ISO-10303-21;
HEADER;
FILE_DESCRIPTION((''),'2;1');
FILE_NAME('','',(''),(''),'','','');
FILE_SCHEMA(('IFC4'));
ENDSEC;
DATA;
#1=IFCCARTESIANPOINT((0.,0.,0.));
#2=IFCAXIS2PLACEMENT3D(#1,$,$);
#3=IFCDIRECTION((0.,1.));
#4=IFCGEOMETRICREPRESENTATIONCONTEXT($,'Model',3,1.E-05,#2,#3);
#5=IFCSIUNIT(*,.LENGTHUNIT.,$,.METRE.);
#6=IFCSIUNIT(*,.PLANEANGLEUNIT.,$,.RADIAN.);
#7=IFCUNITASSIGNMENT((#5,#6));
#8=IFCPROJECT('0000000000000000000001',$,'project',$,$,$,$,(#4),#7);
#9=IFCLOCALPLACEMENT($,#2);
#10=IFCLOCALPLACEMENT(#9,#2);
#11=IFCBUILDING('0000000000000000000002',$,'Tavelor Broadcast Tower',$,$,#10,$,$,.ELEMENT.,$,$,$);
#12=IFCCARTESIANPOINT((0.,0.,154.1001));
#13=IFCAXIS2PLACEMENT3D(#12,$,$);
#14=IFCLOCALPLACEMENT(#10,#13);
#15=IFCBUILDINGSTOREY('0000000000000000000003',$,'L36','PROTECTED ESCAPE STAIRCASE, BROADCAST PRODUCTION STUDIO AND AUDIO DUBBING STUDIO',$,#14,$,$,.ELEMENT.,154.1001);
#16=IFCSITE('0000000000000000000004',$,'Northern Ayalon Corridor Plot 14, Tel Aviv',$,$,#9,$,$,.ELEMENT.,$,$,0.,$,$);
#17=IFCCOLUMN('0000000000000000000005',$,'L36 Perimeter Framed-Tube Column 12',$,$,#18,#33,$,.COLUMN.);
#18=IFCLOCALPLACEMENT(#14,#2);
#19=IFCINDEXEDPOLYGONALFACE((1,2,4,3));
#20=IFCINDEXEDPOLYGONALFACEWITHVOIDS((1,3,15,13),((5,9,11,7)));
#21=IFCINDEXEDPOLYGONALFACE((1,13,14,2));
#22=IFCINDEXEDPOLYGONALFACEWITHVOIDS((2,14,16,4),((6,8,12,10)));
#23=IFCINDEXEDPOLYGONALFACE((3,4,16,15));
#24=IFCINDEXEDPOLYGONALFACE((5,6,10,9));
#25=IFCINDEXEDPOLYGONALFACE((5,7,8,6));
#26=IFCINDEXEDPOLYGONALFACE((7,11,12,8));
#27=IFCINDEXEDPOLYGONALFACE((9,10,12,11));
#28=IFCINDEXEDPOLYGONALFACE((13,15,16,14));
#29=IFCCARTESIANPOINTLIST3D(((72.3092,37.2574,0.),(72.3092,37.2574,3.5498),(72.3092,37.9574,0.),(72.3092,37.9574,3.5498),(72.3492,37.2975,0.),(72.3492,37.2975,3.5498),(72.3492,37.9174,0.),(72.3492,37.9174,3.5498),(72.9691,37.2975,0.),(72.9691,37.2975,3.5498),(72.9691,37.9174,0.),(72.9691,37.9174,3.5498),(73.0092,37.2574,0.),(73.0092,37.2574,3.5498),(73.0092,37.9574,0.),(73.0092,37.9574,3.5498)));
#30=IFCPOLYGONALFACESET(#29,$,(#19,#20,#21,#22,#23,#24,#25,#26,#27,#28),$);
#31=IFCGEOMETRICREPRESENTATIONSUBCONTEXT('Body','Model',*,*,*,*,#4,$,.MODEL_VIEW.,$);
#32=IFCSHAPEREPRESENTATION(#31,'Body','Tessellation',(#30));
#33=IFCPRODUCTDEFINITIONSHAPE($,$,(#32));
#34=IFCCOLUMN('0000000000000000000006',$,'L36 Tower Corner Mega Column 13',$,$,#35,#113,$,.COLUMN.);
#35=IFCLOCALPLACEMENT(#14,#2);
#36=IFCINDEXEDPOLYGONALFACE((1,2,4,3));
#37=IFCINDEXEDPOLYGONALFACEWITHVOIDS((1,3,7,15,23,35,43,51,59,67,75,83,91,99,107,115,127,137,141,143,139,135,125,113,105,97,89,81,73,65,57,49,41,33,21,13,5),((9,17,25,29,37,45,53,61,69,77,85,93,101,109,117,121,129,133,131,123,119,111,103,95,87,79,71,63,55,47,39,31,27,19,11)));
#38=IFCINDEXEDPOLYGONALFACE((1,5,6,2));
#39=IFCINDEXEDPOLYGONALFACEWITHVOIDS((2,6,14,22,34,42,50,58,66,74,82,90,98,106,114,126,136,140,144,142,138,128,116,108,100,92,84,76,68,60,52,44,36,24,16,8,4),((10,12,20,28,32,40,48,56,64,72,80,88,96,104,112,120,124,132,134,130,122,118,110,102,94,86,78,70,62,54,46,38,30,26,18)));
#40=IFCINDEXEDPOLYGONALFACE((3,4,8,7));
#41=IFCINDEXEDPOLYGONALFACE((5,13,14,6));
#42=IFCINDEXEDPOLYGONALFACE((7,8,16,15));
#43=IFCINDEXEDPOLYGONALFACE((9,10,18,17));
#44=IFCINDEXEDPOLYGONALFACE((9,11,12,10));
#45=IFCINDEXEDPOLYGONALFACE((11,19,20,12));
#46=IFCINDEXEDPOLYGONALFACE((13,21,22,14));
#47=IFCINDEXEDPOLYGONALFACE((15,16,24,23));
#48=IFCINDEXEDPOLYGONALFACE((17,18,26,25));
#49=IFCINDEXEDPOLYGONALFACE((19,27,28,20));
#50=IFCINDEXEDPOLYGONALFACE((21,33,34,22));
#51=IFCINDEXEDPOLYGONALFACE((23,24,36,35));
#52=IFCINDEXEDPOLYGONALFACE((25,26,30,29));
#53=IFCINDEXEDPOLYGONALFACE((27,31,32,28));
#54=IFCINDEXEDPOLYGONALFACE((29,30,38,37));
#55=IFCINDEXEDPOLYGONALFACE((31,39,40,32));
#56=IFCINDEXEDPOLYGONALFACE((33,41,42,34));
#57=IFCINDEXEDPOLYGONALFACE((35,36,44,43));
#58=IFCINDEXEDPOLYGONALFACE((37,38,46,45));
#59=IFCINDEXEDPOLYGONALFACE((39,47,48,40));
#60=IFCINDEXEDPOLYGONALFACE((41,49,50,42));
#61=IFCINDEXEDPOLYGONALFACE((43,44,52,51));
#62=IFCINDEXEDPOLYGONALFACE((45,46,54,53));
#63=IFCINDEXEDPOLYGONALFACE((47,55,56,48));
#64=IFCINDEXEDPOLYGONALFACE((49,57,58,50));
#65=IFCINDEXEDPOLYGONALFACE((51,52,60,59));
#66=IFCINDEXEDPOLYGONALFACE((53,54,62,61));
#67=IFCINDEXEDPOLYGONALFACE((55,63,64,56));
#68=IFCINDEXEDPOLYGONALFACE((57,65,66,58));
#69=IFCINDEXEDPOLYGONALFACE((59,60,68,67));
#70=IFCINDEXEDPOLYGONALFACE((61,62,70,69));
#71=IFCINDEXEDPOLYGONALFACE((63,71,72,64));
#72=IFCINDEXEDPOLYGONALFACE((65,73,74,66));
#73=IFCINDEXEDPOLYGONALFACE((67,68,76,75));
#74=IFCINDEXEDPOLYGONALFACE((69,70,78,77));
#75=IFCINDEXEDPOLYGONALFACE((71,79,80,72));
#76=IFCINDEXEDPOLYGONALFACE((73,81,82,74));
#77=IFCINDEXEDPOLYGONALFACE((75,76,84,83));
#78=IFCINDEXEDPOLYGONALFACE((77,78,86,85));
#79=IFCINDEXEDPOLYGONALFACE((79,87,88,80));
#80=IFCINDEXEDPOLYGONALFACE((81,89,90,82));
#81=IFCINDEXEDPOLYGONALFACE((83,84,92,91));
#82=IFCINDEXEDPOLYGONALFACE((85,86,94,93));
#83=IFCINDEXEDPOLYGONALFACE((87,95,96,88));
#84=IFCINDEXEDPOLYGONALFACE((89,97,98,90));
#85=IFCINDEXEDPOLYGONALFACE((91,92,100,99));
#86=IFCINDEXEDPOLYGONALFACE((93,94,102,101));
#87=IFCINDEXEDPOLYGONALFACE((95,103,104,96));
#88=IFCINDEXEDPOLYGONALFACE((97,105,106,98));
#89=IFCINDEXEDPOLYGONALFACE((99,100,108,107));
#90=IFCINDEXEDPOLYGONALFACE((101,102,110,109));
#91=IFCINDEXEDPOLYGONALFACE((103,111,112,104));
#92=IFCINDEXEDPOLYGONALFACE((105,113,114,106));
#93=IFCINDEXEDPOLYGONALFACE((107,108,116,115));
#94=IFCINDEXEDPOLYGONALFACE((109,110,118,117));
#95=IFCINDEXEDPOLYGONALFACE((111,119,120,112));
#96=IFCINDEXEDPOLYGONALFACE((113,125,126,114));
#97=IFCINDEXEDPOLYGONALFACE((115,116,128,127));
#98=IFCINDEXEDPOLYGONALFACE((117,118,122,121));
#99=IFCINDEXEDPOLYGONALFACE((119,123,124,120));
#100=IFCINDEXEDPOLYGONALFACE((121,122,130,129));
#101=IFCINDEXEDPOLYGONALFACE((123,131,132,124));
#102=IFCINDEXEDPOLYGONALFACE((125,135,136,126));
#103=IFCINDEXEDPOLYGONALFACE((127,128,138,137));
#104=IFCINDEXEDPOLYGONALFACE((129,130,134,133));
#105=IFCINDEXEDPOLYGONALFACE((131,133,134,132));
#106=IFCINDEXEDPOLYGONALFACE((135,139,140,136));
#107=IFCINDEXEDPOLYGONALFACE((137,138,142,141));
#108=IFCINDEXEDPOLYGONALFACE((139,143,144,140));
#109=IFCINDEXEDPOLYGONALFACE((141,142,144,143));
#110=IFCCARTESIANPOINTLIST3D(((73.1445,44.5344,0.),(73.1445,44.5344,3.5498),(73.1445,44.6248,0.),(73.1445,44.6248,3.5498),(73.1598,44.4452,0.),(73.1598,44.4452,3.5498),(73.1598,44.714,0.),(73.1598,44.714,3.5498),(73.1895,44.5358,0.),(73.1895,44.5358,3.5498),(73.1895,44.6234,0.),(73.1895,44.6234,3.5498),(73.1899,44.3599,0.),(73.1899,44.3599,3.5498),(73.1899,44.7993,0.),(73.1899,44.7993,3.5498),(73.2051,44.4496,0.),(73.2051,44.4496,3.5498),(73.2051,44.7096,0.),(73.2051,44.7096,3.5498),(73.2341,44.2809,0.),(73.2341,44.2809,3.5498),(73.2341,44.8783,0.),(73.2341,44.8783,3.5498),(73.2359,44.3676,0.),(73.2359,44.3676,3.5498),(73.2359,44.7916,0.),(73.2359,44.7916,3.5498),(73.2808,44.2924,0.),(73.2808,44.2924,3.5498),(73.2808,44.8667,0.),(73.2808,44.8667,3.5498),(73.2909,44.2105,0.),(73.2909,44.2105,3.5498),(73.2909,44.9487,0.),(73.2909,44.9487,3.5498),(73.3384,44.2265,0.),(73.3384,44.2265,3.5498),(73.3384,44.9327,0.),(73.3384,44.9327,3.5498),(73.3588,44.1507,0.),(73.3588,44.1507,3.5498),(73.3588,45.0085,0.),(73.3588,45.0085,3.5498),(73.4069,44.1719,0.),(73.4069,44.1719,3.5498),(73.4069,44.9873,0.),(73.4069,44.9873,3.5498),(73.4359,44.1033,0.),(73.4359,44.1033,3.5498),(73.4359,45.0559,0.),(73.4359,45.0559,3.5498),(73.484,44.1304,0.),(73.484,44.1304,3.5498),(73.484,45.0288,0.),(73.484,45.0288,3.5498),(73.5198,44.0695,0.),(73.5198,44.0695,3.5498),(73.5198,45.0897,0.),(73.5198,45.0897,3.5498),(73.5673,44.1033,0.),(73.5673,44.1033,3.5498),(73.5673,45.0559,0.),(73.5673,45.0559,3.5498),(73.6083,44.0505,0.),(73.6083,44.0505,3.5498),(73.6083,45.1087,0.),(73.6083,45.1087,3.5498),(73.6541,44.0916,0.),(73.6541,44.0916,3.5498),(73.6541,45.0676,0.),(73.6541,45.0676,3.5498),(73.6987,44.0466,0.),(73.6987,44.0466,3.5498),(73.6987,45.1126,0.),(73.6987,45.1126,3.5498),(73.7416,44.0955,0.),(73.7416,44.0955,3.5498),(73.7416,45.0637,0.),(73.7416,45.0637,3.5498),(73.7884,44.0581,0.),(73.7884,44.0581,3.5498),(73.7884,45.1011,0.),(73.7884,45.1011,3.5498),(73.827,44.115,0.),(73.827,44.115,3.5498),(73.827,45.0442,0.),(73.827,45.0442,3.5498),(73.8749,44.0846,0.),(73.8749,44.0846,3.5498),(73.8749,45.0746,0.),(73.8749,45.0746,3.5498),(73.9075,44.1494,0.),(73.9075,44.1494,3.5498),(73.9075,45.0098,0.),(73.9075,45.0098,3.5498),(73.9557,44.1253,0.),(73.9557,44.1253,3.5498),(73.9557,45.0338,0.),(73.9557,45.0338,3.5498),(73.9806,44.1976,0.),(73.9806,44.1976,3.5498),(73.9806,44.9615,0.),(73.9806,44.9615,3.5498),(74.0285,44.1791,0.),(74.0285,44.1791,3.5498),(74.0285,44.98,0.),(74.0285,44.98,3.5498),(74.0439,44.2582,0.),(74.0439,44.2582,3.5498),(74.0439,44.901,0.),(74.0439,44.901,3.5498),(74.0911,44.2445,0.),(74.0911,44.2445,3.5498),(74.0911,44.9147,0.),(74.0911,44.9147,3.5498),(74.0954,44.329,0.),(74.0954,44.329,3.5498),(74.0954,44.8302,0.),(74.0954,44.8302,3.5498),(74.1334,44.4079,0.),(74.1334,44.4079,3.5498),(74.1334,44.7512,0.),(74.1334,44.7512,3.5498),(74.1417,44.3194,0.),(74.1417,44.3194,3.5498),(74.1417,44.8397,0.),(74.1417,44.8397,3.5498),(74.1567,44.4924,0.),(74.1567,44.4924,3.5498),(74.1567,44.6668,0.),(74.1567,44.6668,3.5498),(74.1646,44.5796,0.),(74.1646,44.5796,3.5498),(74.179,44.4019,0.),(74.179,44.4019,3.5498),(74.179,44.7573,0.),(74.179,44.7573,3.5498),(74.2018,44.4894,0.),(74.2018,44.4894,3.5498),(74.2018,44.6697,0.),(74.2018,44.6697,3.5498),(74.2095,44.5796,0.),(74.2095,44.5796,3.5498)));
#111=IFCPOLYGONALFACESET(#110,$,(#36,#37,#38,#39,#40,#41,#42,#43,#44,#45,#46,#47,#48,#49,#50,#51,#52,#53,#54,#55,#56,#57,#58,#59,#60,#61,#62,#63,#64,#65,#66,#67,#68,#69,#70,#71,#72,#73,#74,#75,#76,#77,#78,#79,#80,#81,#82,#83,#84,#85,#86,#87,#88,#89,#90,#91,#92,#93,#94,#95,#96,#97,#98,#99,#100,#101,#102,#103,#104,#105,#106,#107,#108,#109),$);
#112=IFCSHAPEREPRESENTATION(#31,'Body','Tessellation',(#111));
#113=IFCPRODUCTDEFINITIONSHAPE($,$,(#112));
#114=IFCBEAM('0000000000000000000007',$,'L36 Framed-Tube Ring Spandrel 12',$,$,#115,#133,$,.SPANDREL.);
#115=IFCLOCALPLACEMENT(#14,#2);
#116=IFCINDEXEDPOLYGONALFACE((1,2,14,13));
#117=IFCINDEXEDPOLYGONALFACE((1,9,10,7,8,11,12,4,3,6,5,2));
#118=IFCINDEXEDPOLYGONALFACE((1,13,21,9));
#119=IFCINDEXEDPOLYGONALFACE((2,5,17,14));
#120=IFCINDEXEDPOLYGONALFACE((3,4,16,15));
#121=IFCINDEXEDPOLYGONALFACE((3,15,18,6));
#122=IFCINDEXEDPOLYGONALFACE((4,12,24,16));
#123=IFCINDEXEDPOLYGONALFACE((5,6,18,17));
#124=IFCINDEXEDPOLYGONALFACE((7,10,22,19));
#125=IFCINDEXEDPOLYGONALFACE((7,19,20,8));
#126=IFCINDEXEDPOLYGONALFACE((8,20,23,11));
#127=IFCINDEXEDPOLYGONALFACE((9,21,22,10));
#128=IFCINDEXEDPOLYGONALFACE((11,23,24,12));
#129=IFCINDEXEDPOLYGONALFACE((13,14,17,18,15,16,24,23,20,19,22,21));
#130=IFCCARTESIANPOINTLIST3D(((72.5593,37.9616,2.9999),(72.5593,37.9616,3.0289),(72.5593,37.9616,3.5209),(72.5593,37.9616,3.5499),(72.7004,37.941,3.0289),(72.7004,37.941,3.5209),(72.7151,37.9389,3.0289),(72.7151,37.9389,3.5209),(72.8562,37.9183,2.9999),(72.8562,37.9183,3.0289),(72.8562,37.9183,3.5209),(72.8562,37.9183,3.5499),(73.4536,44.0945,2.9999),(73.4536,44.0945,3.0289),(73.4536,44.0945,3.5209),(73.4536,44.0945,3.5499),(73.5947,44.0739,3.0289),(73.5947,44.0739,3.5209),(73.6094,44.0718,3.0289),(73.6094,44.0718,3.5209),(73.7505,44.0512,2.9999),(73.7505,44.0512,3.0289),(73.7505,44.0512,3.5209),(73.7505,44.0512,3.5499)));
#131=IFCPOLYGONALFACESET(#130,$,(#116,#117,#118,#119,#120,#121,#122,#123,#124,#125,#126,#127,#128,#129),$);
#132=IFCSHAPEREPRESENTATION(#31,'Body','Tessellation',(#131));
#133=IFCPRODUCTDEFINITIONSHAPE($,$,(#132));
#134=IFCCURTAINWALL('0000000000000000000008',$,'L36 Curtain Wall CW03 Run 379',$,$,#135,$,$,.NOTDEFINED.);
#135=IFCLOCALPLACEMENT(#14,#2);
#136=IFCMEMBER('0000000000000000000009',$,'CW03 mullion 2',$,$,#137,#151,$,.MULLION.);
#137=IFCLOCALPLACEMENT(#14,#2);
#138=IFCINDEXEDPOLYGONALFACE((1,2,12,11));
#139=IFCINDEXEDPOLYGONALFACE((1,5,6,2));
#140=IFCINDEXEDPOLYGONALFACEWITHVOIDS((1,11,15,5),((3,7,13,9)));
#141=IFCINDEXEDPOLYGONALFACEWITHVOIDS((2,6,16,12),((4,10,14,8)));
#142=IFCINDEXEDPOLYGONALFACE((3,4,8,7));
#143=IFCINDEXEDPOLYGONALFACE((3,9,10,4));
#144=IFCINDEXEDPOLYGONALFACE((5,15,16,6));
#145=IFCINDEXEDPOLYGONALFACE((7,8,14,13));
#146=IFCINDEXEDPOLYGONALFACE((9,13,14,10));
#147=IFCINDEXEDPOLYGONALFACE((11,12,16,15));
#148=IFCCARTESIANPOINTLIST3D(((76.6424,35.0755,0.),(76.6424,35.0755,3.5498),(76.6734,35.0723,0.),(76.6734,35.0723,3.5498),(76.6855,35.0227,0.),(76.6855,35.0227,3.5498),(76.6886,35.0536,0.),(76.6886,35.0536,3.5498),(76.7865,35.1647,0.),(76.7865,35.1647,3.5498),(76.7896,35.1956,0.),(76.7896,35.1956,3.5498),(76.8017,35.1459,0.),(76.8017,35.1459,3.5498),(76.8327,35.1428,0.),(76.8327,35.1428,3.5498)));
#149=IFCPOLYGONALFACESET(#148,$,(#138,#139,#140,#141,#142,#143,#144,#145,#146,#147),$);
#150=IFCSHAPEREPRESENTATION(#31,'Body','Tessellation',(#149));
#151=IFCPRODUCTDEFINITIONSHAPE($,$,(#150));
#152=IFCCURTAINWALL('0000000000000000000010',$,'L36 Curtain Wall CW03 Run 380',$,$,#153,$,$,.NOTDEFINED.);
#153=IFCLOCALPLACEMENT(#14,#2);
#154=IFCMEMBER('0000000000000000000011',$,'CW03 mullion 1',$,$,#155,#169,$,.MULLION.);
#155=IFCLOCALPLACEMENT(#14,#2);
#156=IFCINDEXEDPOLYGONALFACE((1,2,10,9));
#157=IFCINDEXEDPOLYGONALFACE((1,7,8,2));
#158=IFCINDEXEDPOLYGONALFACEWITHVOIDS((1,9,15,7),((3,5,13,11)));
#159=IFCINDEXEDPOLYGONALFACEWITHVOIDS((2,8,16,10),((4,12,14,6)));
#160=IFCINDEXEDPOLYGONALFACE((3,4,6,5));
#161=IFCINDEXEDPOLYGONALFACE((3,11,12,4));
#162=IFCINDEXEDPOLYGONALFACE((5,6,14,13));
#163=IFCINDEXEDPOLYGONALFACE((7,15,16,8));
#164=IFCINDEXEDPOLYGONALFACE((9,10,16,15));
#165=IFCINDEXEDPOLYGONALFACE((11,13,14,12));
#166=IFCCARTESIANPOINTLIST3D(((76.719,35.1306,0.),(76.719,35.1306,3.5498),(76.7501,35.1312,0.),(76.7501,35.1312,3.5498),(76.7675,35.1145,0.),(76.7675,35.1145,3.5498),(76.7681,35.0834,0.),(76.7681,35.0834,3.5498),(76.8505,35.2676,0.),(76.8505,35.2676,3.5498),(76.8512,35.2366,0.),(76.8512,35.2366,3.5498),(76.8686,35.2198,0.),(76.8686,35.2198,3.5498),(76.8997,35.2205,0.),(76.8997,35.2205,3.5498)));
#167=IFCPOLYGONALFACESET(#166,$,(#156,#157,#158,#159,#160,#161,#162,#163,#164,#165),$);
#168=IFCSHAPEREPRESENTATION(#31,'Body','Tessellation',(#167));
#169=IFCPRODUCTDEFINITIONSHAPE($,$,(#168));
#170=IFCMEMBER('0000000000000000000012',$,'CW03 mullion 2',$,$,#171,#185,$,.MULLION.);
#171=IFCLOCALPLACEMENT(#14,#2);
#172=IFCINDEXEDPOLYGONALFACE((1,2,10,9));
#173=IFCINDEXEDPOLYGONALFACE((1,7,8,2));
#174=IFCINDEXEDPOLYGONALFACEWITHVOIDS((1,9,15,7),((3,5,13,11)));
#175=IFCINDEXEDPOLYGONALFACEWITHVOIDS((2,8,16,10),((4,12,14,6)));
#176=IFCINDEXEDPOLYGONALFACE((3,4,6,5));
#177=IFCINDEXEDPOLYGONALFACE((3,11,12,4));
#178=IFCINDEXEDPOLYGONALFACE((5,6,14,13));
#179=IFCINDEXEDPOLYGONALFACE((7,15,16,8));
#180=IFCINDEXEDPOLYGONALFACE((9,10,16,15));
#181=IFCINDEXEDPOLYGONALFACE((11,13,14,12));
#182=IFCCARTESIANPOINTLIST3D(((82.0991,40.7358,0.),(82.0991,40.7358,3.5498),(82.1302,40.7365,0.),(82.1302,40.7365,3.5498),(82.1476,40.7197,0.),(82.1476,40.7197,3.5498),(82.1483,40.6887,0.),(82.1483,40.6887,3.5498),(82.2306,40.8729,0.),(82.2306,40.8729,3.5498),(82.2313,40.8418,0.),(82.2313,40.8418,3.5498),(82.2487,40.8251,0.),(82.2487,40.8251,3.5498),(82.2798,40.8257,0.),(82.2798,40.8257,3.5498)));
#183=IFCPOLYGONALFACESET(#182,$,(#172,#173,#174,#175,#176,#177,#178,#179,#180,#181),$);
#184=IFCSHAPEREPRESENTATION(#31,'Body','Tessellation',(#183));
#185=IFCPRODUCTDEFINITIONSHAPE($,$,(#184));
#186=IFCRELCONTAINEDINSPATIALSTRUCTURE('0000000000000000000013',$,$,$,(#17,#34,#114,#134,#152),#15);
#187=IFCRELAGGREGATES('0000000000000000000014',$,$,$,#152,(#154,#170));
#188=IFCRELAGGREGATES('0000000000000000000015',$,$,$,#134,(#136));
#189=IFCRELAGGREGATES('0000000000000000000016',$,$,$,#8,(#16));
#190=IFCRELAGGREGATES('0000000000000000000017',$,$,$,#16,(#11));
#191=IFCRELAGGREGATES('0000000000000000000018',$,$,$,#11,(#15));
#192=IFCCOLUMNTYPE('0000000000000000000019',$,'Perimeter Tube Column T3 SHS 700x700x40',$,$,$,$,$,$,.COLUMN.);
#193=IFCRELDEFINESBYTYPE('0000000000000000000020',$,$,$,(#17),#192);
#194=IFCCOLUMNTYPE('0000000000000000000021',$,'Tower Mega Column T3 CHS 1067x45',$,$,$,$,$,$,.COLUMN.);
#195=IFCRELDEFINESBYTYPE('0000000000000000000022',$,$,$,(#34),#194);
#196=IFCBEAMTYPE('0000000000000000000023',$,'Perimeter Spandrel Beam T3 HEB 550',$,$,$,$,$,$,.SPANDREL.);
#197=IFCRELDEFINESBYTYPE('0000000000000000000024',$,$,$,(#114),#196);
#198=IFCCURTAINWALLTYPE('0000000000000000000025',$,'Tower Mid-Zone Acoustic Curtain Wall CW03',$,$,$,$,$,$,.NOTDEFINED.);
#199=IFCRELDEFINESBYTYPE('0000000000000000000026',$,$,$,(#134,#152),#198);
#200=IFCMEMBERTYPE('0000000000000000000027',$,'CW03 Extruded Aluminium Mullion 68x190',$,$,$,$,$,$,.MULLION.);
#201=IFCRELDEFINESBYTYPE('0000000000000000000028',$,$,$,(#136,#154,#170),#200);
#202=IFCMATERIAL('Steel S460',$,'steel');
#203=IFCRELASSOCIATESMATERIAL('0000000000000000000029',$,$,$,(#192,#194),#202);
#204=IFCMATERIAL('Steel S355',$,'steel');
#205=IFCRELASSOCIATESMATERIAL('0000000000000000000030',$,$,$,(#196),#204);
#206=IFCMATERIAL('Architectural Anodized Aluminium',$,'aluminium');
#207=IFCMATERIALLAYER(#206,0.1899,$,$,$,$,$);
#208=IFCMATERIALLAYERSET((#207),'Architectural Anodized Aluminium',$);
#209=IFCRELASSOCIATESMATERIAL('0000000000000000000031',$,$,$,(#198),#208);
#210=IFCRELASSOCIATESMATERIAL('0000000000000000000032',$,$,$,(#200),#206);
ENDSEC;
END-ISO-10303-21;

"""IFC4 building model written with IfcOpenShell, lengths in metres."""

from ifc_helpers import new_model, si_unit, direction, frame, origin, origin_2d, place, context, subcontext, project, spatial, hollow_rectangle, hollow_circle, i_section, extrude, source, transform, mapped, material, layer, layer_set, material_profile, profile_set, type_object, type_shapes, element, aggregate, save


model = new_model("IFC4")

# Units and contexts
model_context = context("Model", 3, precision=1e-05, world=origin(), true_north=direction((0.0, 1.0)))
body_context = subcontext(model_context, "Body", "Model", "MODEL_VIEW")
ifc_project = project(units=[si_unit("LENGTHUNIT", "METRE"), si_unit("PLANEANGLEUNIT", "RADIAN")], contexts=[model_context])

# Site, building, storey
site_placement = place(None, origin())
site = spatial("IfcSite", under=ifc_project, at=site_placement, Name="Northern Ayalon Corridor Plot 14, Tel Aviv", CompositionType="ELEMENT", RefElevation=0.0)
building_placement = place(site_placement, origin())
building = spatial("IfcBuilding", under=site, at=building_placement, Name="Tavelor Broadcast Tower", CompositionType="ELEMENT")
storey_placement = place(building_placement, frame((0.0, 0.0, 154.1001)))
storey = spatial("IfcBuildingStorey", under=building, at=storey_placement, Name="L36", Description="PROTECTED ESCAPE STAIRCASE, BROADCAST PRODUCTION STUDIO AND AUDIO DUBBING STUDIO", CompositionType="ELEMENT", Elevation=154.1001)

# Columns
ifc_material_1 = material(Name="Steel S460", Category="steel")
ifc_material_profile_1 = material_profile(ifc_material_1, hollow_rectangle(XDim=0.7, YDim=0.7, WallThickness=0.04, at=origin_2d()), Name="SHS 700x700x40")
ifc_profile_set_1 = profile_set([ifc_material_profile_1], Name="Steel S460")
column_type_1 = type_object("IfcColumnType", Name="Perimeter Tube Column T3 SHS 700x700x40", PredefinedType="COLUMN", material=ifc_profile_set_1)
column_1_placement = place(storey_placement, frame((72.6592, 37.6074, 0.0), z_axis=(0.0, 0.0, 1.0), x_axis=(1.0, 0.0, 0.0)))
element("IfcColumn", 1, at=column_1_placement, inside=storey, type_object=column_type_1, Name="L36 Perimeter Framed-Tube Column 12", PredefinedType="COLUMN", context=body_context, shape_type="SweptSolid", body=[
    extrude(hollow_rectangle(XDim=0.7, YDim=0.7, WallThickness=0.04, at=origin_2d()), origin(), (0.0, 0.0, 1.0), 3.5498),
])
ifc_material_profile_2 = material_profile(ifc_material_1, hollow_circle(Radius=0.5334, WallThickness=0.0449, at=origin_2d()), Name="CHS 1067x45")
ifc_profile_set_2 = profile_set([ifc_material_profile_2], Name="Steel S460")
column_type_2 = type_object("IfcColumnType", Name="Tower Mega Column T3 CHS 1067x45", PredefinedType="COLUMN", material=ifc_profile_set_2)
column_2_placement = place(storey_placement, frame((73.676, 44.5796, 0.0), z_axis=(0.0, 0.0, 1.0), x_axis=(1.0, 0.0, 0.0)))
element("IfcColumn", 2, at=column_2_placement, inside=storey, type_object=column_type_2, Name="L36 Tower Corner Mega Column 13", PredefinedType="COLUMN", context=body_context, shape_type="SweptSolid", body=[
    extrude(hollow_circle(Radius=0.5334, WallThickness=0.0449, at=origin_2d()), origin(), (0.0, 0.0, 1.0), 3.5498),
])

# Beam
ifc_material_2 = material(Name="Steel S355", Category="steel")
ifc_material_profile_3 = material_profile(ifc_material_2, i_section(OverallWidth=0.3, OverallDepth=0.55, WebThickness=0.0149, FlangeThickness=0.0291, at=origin_2d()), Name="HEB 550")
ifc_profile_set_3 = profile_set([ifc_material_profile_3], Name="Steel S355")
beam_type = type_object("IfcBeamType", Name="Perimeter Spandrel Beam T3 HEB 550", PredefinedType="SPANDREL", material=ifc_profile_set_3)
beam_placement = place(storey_placement, frame((72.7078, 37.9399, 3.2749), z_axis=(0.144294, 0.989535, 0.0), x_axis=(-0.989535, 0.144294, 0.0)))
element("IfcBeam", 3, at=beam_placement, inside=storey, type_object=beam_type, Name="L36 Framed-Tube Ring Spandrel 12", PredefinedType="SPANDREL", context=body_context, shape_type="SweptSolid", body=[
    extrude(i_section(OverallWidth=0.3, OverallDepth=0.55, WebThickness=0.0149, FlangeThickness=0.0291, at=origin_2d()), origin(), (0.0, 0.0, 1.0), 6.1978),
])

# Curtain wall, member
ifc_material_3 = material(Name="Architectural Anodized Aluminium", Category="aluminium")
ifc_layer_1 = layer(ifc_material_3, 0.1899)
ifc_layer_set_1 = layer_set([ifc_layer_1], Name="Architectural Anodized Aluminium")
curtain_wall_type = type_object("IfcCurtainWallType", Name="Tower Mid-Zone Acoustic Curtain Wall CW03", PredefinedType="NOTDEFINED", material=ifc_layer_set_1)
curtain_wall_1_placement = place(storey_placement, origin())
curtain_wall_1 = element("IfcCurtainWall", 4, at=curtain_wall_1_placement, inside=storey, type_object=curtain_wall_type, Name="L36 Curtain Wall CW03 Run 379", PredefinedType="NOTDEFINED")
ifc_material_profile_4 = material_profile(ifc_material_3, hollow_rectangle(XDim=0.0681, YDim=0.1899, WallThickness=0.022, at=origin_2d()), Name="RHS 68x190x22")
ifc_profile_set_4 = profile_set([ifc_material_profile_4], Name="Architectural Anodized Aluminium")
member_type_1 = type_object("IfcMemberType", Name="CW03 Extruded Aluminium Mullion 68x190", PredefinedType="MULLION", material=ifc_profile_set_4)
shared_shape_1 = source(origin(), body_context, "Body", "SweptSolid", [
    extrude(hollow_rectangle(XDim=0.0681, YDim=0.1899, WallThickness=0.022, at=origin_2d()), origin(), (0.0, 0.0, 1.0), 3.5498),
])
type_shapes(member_type_1, [shared_shape_1])
member_1_placement = place(storey_placement, frame((76.7375, 35.1091, 0.0), z_axis=(0.0, 0.0, 1.0), x_axis=(-0.632381, 0.774657, 0.0)))
member_1 = element("IfcMember", 5, at=member_1_placement, type_object=member_type_1, Name="CW03 mullion 2", PredefinedType="MULLION", context=body_context, shape_type="MappedRepresentation", body=[
    mapped(shared_shape_1, transform((0.0, 0.0, 0.0), scale=1.0)),
])

# Curtain wall, members
curtain_wall_2_placement = place(storey_placement, origin())
curtain_wall_2 = element("IfcCurtainWall", 6, at=curtain_wall_2_placement, inside=storey, type_object=curtain_wall_type, Name="L36 Curtain Wall CW03 Run 380", PredefinedType="NOTDEFINED")
member_2_placement = place(storey_placement, frame((76.8093, 35.1755, 0.0), z_axis=(0.0, 0.0, 1.0), x_axis=(-0.721471, 0.692444, 0.0)))
member_2 = element("IfcMember", 7, at=member_2_placement, type_object=member_type_1, Name="CW03 mullion 1", PredefinedType="MULLION", context=body_context, shape_type="MappedRepresentation", body=[
    mapped(shared_shape_1, transform((0.0, 0.0, 0.0), scale=1.0)),
])
member_3_placement = place(storey_placement, frame((82.1895, 40.7808, 0.0), z_axis=(0.0, 0.0, 1.0), x_axis=(-0.721471, 0.692444, 0.0)))
member_3 = element("IfcMember", 8, at=member_3_placement, type_object=member_type_1, Name="CW03 mullion 2", PredefinedType="MULLION", context=body_context, shape_type="MappedRepresentation", body=[
    mapped(shared_shape_1, transform((0.0, 0.0, 0.0), scale=1.0)),
])

aggregate(curtain_wall_2, [member_2, member_3])
aggregate(curtain_wall_1, [member_1])

save(model, "model.ifc")
